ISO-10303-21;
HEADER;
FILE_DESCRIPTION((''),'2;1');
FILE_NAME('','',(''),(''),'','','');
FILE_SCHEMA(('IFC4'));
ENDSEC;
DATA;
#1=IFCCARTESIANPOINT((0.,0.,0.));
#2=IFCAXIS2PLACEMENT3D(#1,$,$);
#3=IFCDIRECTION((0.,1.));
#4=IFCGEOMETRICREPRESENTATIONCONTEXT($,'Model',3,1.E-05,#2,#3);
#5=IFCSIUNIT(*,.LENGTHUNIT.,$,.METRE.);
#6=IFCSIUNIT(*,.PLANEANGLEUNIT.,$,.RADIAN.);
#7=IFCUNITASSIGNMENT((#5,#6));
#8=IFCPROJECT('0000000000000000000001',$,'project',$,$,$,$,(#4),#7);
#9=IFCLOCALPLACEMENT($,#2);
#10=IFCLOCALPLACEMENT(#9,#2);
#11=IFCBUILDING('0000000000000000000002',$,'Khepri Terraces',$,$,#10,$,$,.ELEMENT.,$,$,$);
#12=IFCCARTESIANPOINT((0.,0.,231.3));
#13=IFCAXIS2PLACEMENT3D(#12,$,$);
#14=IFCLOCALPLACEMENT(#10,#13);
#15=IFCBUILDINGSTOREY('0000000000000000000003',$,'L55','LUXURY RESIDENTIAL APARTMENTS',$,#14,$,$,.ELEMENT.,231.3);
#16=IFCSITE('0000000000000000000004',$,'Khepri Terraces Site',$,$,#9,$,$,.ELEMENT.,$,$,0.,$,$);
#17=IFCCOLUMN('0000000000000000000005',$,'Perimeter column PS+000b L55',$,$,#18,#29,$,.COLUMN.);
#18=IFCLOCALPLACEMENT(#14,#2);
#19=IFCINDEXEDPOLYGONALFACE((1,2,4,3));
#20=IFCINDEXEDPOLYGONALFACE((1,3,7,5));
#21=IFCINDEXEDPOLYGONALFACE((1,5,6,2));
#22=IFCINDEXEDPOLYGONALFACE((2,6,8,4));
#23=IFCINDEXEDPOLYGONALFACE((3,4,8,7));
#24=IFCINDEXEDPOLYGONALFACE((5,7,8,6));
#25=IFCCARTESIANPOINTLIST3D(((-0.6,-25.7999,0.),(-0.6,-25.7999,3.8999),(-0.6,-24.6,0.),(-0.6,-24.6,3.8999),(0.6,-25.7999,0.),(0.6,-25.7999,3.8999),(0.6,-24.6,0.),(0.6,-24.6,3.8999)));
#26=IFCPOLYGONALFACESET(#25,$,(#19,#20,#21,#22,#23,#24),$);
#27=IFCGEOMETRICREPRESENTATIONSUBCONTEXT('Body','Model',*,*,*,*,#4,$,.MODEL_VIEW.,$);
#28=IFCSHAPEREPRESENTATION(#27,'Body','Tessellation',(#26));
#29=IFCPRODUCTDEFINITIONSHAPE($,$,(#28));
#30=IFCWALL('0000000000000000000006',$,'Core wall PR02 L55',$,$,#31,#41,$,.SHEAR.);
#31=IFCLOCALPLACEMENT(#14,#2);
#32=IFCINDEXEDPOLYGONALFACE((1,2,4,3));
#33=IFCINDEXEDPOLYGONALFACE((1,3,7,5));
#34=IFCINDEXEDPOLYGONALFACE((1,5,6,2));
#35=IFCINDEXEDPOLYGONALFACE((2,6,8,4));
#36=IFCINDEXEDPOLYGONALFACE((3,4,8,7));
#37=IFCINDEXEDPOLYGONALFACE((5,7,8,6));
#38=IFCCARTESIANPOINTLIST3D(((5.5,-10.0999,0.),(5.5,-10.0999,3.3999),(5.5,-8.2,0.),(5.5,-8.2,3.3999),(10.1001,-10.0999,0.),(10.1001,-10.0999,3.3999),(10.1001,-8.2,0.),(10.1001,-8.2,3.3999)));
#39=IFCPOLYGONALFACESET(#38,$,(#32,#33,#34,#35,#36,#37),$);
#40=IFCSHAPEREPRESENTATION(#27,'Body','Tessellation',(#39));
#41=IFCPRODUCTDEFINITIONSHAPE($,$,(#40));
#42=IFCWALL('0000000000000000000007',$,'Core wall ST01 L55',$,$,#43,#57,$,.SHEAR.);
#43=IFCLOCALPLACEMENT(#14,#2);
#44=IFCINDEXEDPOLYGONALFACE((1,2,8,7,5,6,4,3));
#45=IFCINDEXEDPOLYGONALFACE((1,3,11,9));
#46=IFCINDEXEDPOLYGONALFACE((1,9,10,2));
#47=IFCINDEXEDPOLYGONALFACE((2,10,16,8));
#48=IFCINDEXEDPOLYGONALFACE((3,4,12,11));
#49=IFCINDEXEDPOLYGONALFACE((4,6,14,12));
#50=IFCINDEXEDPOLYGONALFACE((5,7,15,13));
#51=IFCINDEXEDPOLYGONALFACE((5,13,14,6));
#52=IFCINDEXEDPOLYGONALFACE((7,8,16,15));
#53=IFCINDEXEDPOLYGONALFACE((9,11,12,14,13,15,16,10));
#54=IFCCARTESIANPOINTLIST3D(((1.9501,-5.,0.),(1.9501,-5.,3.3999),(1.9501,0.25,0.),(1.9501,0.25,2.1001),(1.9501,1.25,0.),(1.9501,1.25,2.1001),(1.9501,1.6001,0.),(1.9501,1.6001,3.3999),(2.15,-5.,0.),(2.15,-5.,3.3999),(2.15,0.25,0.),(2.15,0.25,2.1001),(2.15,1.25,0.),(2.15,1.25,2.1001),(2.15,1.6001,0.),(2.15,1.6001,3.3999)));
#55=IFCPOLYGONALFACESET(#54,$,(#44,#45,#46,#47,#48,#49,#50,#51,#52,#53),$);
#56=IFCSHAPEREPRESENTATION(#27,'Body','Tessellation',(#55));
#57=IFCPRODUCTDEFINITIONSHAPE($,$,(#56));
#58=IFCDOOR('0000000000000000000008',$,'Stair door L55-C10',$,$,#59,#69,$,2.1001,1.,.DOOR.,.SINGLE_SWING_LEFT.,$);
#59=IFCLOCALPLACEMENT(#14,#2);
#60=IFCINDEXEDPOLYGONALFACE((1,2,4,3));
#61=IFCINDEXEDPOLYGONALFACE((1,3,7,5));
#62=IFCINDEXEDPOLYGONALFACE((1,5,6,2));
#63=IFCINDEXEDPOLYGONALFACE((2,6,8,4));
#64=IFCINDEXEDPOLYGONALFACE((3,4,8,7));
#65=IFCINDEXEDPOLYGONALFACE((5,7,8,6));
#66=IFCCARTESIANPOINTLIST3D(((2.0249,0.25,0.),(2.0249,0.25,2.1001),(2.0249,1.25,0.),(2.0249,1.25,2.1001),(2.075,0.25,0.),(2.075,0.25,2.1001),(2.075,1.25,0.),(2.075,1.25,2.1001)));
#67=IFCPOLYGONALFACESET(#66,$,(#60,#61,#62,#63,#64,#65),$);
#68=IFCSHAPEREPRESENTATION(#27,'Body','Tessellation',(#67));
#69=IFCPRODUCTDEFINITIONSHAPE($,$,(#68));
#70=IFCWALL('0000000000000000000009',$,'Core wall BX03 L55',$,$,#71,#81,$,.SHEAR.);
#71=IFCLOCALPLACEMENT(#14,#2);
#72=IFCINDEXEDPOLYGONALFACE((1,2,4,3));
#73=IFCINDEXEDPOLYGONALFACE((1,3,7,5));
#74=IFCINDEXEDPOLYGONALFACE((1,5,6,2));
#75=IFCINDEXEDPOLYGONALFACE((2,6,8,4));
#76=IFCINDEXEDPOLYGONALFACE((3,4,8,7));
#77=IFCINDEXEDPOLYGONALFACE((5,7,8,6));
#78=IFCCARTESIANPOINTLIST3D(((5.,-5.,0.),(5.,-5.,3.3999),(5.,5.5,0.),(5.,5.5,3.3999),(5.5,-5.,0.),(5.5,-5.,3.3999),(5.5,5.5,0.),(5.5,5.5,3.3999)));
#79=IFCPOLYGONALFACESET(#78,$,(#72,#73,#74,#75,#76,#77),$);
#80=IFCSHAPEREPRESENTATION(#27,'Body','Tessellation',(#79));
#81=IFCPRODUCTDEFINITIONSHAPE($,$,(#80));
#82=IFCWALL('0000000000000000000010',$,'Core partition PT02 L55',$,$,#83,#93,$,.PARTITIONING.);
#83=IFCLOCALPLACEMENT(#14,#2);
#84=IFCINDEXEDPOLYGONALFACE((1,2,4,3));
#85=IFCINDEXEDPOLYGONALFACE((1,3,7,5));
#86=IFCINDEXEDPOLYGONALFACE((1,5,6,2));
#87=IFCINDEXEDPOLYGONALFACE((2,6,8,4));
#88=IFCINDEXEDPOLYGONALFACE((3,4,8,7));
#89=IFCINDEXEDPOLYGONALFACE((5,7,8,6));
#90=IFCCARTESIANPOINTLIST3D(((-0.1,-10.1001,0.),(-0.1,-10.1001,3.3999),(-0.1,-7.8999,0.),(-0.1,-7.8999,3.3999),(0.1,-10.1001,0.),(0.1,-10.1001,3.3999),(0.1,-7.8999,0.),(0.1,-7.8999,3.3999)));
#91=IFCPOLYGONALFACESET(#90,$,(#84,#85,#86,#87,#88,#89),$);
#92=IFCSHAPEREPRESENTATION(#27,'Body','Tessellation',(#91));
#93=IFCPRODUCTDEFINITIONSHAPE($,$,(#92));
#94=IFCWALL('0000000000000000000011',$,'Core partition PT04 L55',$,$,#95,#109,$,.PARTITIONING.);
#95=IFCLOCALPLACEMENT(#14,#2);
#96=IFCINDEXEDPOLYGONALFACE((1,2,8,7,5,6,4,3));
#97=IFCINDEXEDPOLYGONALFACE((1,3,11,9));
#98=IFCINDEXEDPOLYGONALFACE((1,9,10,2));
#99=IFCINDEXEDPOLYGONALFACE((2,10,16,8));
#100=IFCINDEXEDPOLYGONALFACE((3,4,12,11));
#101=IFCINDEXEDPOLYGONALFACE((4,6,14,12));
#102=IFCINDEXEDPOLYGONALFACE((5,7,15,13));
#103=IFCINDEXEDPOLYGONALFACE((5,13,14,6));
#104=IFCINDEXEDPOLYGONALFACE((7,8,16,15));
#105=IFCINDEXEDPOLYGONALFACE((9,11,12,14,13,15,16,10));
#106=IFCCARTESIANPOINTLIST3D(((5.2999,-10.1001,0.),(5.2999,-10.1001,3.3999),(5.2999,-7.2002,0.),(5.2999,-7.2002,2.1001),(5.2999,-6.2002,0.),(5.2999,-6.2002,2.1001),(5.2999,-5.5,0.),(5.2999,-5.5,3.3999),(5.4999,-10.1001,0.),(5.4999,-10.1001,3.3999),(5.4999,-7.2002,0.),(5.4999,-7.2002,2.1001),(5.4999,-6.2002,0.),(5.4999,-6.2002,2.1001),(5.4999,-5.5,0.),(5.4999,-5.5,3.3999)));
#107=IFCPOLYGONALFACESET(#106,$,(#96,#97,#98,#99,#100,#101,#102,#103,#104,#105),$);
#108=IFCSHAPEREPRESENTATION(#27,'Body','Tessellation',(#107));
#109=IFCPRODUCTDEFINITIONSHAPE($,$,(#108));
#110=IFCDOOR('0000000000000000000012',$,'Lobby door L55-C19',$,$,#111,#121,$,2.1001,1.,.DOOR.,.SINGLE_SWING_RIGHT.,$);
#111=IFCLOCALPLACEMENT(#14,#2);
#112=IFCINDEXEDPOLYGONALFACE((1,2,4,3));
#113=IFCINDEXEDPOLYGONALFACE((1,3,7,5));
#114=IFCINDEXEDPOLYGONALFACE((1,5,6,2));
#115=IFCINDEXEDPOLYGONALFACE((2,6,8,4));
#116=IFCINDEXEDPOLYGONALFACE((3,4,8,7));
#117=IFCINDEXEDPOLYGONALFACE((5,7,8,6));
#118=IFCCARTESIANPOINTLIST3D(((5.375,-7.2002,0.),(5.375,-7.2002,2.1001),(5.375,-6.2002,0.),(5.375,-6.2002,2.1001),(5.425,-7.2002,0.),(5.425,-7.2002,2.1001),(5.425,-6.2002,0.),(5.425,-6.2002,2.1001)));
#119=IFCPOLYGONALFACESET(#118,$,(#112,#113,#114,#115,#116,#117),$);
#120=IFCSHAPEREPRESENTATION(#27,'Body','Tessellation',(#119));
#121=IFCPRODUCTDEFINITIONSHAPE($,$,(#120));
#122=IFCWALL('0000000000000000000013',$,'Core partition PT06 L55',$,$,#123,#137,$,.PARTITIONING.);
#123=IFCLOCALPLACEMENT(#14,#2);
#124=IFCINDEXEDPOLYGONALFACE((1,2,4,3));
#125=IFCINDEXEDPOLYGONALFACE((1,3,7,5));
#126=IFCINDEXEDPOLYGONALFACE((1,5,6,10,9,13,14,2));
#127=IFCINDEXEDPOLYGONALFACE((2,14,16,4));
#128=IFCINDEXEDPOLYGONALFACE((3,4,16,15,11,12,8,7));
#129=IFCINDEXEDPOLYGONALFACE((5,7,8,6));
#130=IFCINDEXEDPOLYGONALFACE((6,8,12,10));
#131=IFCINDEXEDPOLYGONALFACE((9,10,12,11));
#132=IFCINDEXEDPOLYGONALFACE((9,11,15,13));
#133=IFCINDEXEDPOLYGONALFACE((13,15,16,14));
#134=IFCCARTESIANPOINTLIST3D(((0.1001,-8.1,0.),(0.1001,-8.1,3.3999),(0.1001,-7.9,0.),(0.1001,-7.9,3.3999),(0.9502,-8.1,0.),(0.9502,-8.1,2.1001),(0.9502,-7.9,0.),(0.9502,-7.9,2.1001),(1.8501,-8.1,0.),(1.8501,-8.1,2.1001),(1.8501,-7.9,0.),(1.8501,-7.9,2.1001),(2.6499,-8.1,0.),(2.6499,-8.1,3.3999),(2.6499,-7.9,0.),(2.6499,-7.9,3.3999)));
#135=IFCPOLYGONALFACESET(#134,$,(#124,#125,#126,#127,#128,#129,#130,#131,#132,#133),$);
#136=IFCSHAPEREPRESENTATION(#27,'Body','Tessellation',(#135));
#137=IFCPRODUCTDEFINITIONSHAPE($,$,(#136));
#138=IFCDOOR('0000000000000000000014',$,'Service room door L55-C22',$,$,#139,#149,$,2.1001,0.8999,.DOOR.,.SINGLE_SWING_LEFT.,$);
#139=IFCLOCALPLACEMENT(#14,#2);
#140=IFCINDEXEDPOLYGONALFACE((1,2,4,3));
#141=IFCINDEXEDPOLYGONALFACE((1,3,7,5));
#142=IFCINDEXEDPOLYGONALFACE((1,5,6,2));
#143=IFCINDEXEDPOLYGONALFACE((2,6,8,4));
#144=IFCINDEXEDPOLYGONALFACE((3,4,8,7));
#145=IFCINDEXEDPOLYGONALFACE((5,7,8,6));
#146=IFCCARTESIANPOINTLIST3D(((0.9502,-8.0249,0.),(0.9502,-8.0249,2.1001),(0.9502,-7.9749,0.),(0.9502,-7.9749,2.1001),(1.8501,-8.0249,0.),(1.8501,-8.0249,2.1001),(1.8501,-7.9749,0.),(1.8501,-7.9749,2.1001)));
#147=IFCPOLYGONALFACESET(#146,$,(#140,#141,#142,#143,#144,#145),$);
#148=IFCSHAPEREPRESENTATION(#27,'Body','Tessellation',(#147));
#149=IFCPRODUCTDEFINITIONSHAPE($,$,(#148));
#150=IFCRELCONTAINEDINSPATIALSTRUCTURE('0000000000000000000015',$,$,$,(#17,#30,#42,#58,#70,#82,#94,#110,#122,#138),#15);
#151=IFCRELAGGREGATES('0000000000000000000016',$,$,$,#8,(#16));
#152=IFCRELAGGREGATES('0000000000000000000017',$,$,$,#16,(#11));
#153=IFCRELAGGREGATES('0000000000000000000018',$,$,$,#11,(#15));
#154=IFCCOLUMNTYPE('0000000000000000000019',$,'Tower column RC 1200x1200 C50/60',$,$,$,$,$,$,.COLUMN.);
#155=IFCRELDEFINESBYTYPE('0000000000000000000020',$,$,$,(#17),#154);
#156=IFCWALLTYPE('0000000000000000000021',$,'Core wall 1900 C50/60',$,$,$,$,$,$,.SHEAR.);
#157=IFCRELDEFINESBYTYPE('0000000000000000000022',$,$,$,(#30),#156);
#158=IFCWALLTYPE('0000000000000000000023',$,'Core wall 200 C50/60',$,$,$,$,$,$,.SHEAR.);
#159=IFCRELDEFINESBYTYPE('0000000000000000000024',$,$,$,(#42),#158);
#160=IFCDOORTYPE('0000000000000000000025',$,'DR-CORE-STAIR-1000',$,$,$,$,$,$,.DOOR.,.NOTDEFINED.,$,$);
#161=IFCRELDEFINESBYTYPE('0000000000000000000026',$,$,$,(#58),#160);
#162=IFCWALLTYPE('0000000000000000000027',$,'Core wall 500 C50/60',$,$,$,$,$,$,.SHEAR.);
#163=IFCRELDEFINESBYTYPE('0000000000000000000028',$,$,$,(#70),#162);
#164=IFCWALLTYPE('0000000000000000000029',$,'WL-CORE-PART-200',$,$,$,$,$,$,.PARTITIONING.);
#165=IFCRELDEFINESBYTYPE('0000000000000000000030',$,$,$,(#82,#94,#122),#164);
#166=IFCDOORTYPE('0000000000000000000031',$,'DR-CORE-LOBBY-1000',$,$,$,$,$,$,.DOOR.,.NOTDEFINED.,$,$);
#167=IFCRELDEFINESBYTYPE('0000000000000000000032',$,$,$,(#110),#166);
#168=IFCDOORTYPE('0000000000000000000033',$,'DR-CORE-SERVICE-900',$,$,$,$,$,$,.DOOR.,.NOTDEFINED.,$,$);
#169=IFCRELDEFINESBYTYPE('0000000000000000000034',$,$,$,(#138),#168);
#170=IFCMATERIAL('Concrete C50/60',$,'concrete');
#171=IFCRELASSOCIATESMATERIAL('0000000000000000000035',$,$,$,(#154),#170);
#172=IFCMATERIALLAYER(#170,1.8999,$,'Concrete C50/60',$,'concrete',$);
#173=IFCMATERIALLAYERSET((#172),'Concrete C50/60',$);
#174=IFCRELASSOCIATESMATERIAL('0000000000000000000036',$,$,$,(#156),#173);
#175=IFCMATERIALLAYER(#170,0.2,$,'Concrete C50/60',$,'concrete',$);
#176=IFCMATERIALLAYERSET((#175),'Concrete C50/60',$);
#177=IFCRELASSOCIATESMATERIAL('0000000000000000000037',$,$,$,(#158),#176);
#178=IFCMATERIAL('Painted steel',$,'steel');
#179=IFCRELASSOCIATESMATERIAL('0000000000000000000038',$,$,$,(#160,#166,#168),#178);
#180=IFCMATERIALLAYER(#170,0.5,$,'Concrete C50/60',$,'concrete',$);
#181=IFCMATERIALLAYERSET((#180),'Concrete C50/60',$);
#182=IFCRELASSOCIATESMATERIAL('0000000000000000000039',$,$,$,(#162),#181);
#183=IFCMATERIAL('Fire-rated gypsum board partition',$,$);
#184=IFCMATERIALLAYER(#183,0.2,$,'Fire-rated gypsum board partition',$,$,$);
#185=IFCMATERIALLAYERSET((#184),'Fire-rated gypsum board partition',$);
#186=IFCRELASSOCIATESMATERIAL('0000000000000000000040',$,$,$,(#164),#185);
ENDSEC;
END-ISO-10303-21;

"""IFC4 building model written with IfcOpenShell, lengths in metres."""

from ifc_helpers import new_model, si_unit, direction, frame, frame_2d, origin, origin_2d, place, context, subcontext, project, spatial, rectangle, extrude, material, layer, layer_set, material_profile, profile_set, type_object, element, fill, save


model = new_model("IFC4")

# Units and contexts
model_context = context("Model", 3, precision=1e-05, world=origin(), true_north=direction((0.0, 1.0)))
body_context = subcontext(model_context, "Body", "Model", "MODEL_VIEW")
ifc_project = project(units=[si_unit("LENGTHUNIT", "METRE"), si_unit("PLANEANGLEUNIT", "RADIAN")], contexts=[model_context])

# Site, building, storey
site_placement = place(None, origin())
site = spatial("IfcSite", under=ifc_project, at=site_placement, Name="Khepri Terraces Site", CompositionType="ELEMENT", RefElevation=0.0)
building_placement = place(site_placement, origin())
building = spatial("IfcBuilding", under=site, at=building_placement, Name="Khepri Terraces", CompositionType="ELEMENT")
storey_placement = place(building_placement, frame((0.0, 0.0, 231.3)))
storey = spatial("IfcBuildingStorey", under=building, at=storey_placement, Name="L55", Description="LUXURY RESIDENTIAL APARTMENTS", CompositionType="ELEMENT", Elevation=231.3)

# Column
ifc_material_1 = material(Name="Concrete C50/60", Category="concrete")
ifc_material_profile = material_profile(ifc_material_1, rectangle(XDim=1.2, YDim=1.2, at=origin_2d()), Name="Concrete C50/60", Category="concrete")
ifc_profile_set = profile_set([ifc_material_profile], Name="Concrete C50/60")
column_type = type_object("IfcColumnType", Name="Tower column RC 1200x1200 C50/60", PredefinedType="COLUMN", material=ifc_profile_set)
column_placement = place(storey_placement, frame((0.0, -25.2, 0.0), z_axis=(0.0, 0.0, 1.0), x_axis=(1.0, 0.0, 0.0)))
element("IfcColumn", 1, at=column_placement, inside=storey, type_object=column_type, Name="Perimeter column PS+000b L55", PredefinedType="COLUMN", context=body_context, shape_type="SweptSolid", body=[
    extrude(rectangle(XDim=1.2, YDim=1.2, at=origin_2d()), origin(), (0.0, 0.0, 1.0), 3.8999),
])

# Wall
ifc_layer_1 = layer(ifc_material_1, 1.8999, Name="Concrete C50/60", Category="concrete")
ifc_layer_set_1 = layer_set([ifc_layer_1], Name="Concrete C50/60")
wall_type_1 = type_object("IfcWallType", Name="Core wall 1900 C50/60", PredefinedType="SHEAR", material=ifc_layer_set_1)
wall_1_placement = place(storey_placement, frame((5.5, -9.1499, 0.0), z_axis=(0.0, 0.0, 1.0), x_axis=(1.0, 0.0, 0.0)))
element("IfcWall", 2, at=wall_1_placement, inside=storey, type_object=wall_type_1, Name="Core wall PR02 L55", PredefinedType="SHEAR", context=body_context, shape_type="SweptSolid", body=[
    extrude(rectangle(XDim=4.6001, YDim=1.8999, at=frame_2d((2.3, 0.0))), origin(), (0.0, 0.0, 1.0), 3.3999),
])

# Wall, opening, door
ifc_layer_2 = layer(ifc_material_1, 0.2, Name="Concrete C50/60", Category="concrete")
ifc_layer_set_2 = layer_set([ifc_layer_2], Name="Concrete C50/60")
wall_type_2 = type_object("IfcWallType", Name="Core wall 200 C50/60", PredefinedType="SHEAR", material=ifc_layer_set_2)
wall_2_placement = place(storey_placement, frame((2.05, -5.0, 0.0), z_axis=(0.0, 0.0, 1.0), x_axis=(0.0, 1.0, 0.0)))
wall_2 = element("IfcWall", 3, at=wall_2_placement, inside=storey, type_object=wall_type_2, Name="Core wall ST01 L55", PredefinedType="SHEAR", context=body_context, shape_type="SweptSolid", body=[
    extrude(rectangle(XDim=6.6001, YDim=0.2, at=frame_2d((3.3, 0.0))), origin(), (0.0, 0.0, 1.0), 3.3999),
])
opening_1_placement = place(wall_2_placement, frame((5.25, 0.0, 0.0)))
opening_1 = element("IfcOpeningElement", 4, at=opening_1_placement, cuts=wall_2, PredefinedType="OPENING", context=body_context, shape_type="SweptSolid", body=[
    extrude(rectangle(XDim=1.0, YDim=2.1001, at=frame_2d((0.5, 1.05))), frame((0.0, 0.1099, 0.0), z_axis=(0.0, -1.0, 0.0), x_axis=(1.0, 0.0, 0.0)), (0.0, 0.0, 1.0), 0.22),
])
ifc_material_2 = material(Name="Painted steel", Category="steel")
door_type_1 = type_object("IfcDoorType", Name="DR-CORE-STAIR-1000", OperationType="NOTDEFINED", PredefinedType="DOOR", material=ifc_material_2)
door_1_placement = place(opening_1_placement, frame((1.0, 0.0, 0.0), z_axis=(0.0, 0.0, 1.0), x_axis=(-1.0, 0.0, 0.0)))
door_1 = element("IfcDoor", 5, at=door_1_placement, inside=storey, type_object=door_type_1, Name="Stair door L55-C10", OperationType="SINGLE_SWING_LEFT", OverallHeight=2.1001, OverallWidth=1.0, PredefinedType="DOOR", context=body_context, shape_type="SweptSolid", body=[
    extrude(rectangle(XDim=1.0, YDim=2.1001, at=frame_2d((0.5, 1.05))), frame((0.0, 0.0249, 0.0), z_axis=(0.0, -1.0, 0.0), x_axis=(1.0, 0.0, 0.0)), (0.0, 0.0, 1.0), 0.05),
])
fill(opening_1, door_1)

# Walls
ifc_layer_3 = layer(ifc_material_1, 0.5, Name="Concrete C50/60", Category="concrete")
ifc_layer_set_3 = layer_set([ifc_layer_3], Name="Concrete C50/60")
wall_type_3 = type_object("IfcWallType", Name="Core wall 500 C50/60", PredefinedType="SHEAR", material=ifc_layer_set_3)
wall_3_placement = place(storey_placement, frame((5.25, -5.0, 0.0), z_axis=(0.0, 0.0, 1.0), x_axis=(0.0, 1.0, 0.0)))
element("IfcWall", 6, at=wall_3_placement, inside=storey, type_object=wall_type_3, Name="Core wall BX03 L55", PredefinedType="SHEAR", context=body_context, shape_type="SweptSolid", body=[
    extrude(rectangle(XDim=10.5, YDim=0.5, at=frame_2d((5.25, 0.0))), origin(), (0.0, 0.0, 1.0), 3.3999),
])
ifc_material_3 = material(Name="Fire-rated gypsum board partition")
ifc_layer_4 = layer(ifc_material_3, 0.2, Name="Fire-rated gypsum board partition")
ifc_layer_set_4 = layer_set([ifc_layer_4], Name="Fire-rated gypsum board partition")
wall_type_4 = type_object("IfcWallType", Name="WL-CORE-PART-200", PredefinedType="PARTITIONING", material=ifc_layer_set_4)
wall_4_placement = place(storey_placement, frame((0.0, -10.1001, 0.0), z_axis=(0.0, 0.0, 1.0), x_axis=(0.0, 1.0, 0.0)))
element("IfcWall", 7, at=wall_4_placement, inside=storey, type_object=wall_type_4, Name="Core partition PT02 L55", PredefinedType="PARTITIONING", context=body_context, shape_type="SweptSolid", body=[
    extrude(rectangle(XDim=2.2002, YDim=0.2, at=frame_2d((1.1001, 0.0))), origin(), (0.0, 0.0, 1.0), 3.3999),
])

# Walls, openings, doors
wall_5_placement = place(storey_placement, frame((5.3999, -10.1001, 0.0), z_axis=(0.0, 0.0, 1.0), x_axis=(0.0, 1.0, 0.0)))
wall_5 = element("IfcWall", 8, at=wall_5_placement, inside=storey, type_object=wall_type_4, Name="Core partition PT04 L55", PredefinedType="PARTITIONING", context=body_context, shape_type="SweptSolid", body=[
    extrude(rectangle(XDim=4.6001, YDim=0.2, at=frame_2d((2.3, 0.0))), origin(), (0.0, 0.0, 1.0), 3.3999),
])
opening_2_placement = place(wall_5_placement, frame((2.8999, 0.0, 0.0)))
opening_2 = element("IfcOpeningElement", 9, at=opening_2_placement, cuts=wall_5, PredefinedType="OPENING", context=body_context, shape_type="SweptSolid", body=[
    extrude(rectangle(XDim=1.0, YDim=2.1001, at=frame_2d((0.5, 1.05))), frame((0.0, 0.1099, 0.0), z_axis=(0.0, -1.0, 0.0), x_axis=(1.0, 0.0, 0.0)), (0.0, 0.0, 1.0), 0.22),
])
door_type_2 = type_object("IfcDoorType", Name="DR-CORE-LOBBY-1000", OperationType="NOTDEFINED", PredefinedType="DOOR", material=ifc_material_2)
door_2_placement = place(opening_2_placement, origin())
door_2 = element("IfcDoor", 10, at=door_2_placement, inside=storey, type_object=door_type_2, Name="Lobby door L55-C19", OperationType="SINGLE_SWING_RIGHT", OverallHeight=2.1001, OverallWidth=1.0, PredefinedType="DOOR", context=body_context, shape_type="SweptSolid", body=[
    extrude(rectangle(XDim=1.0, YDim=2.1001, at=frame_2d((0.5, 1.05))), frame((0.0, 0.0249, 0.0), z_axis=(0.0, -1.0, 0.0), x_axis=(1.0, 0.0, 0.0)), (0.0, 0.0, 1.0), 0.05),
])
fill(opening_2, door_2)
wall_6_placement = place(storey_placement, frame((0.1001, -8.0, 0.0), z_axis=(0.0, 0.0, 1.0), x_axis=(1.0, 0.0, 0.0)))
wall_6 = element("IfcWall", 11, at=wall_6_placement, inside=storey, type_object=wall_type_4, Name="Core partition PT06 L55", PredefinedType="PARTITIONING", context=body_context, shape_type="SweptSolid", body=[
    extrude(rectangle(XDim=2.5498, YDim=0.2, at=frame_2d((1.2749, 0.0))), origin(), (0.0, 0.0, 1.0), 3.3999),
])
opening_3_placement = place(wall_6_placement, frame((0.8501, 0.0, 0.0)))
opening_3 = element("IfcOpeningElement", 12, at=opening_3_placement, cuts=wall_6, PredefinedType="OPENING", context=body_context, shape_type="SweptSolid", body=[
    extrude(rectangle(XDim=0.8999, YDim=2.1001, at=frame_2d((0.45, 1.05))), frame((0.0, 0.1099, 0.0), z_axis=(0.0, -1.0, 0.0), x_axis=(1.0, 0.0, 0.0)), (0.0, 0.0, 1.0), 0.22),
])
door_type_3 = type_object("IfcDoorType", Name="DR-CORE-SERVICE-900", OperationType="NOTDEFINED", PredefinedType="DOOR", material=ifc_material_2)
door_3_placement = place(opening_3_placement, frame((0.8999, 0.0, 0.0), z_axis=(0.0, 0.0, 1.0), x_axis=(-1.0, 0.0, 0.0)))
door_3 = element("IfcDoor", 13, at=door_3_placement, inside=storey, type_object=door_type_3, Name="Service room door L55-C22", OperationType="SINGLE_SWING_LEFT", OverallHeight=2.1001, OverallWidth=0.8999, PredefinedType="DOOR", context=body_context, shape_type="SweptSolid", body=[
    extrude(rectangle(XDim=0.8999, YDim=2.1001, at=frame_2d((0.45, 1.05))), frame((0.0, 0.0249, 0.0), z_axis=(0.0, -1.0, 0.0), x_axis=(1.0, 0.0, 0.0)), (0.0, 0.0, 1.0), 0.05),
])
fill(opening_3, door_3)

save(model, "model.ifc")
